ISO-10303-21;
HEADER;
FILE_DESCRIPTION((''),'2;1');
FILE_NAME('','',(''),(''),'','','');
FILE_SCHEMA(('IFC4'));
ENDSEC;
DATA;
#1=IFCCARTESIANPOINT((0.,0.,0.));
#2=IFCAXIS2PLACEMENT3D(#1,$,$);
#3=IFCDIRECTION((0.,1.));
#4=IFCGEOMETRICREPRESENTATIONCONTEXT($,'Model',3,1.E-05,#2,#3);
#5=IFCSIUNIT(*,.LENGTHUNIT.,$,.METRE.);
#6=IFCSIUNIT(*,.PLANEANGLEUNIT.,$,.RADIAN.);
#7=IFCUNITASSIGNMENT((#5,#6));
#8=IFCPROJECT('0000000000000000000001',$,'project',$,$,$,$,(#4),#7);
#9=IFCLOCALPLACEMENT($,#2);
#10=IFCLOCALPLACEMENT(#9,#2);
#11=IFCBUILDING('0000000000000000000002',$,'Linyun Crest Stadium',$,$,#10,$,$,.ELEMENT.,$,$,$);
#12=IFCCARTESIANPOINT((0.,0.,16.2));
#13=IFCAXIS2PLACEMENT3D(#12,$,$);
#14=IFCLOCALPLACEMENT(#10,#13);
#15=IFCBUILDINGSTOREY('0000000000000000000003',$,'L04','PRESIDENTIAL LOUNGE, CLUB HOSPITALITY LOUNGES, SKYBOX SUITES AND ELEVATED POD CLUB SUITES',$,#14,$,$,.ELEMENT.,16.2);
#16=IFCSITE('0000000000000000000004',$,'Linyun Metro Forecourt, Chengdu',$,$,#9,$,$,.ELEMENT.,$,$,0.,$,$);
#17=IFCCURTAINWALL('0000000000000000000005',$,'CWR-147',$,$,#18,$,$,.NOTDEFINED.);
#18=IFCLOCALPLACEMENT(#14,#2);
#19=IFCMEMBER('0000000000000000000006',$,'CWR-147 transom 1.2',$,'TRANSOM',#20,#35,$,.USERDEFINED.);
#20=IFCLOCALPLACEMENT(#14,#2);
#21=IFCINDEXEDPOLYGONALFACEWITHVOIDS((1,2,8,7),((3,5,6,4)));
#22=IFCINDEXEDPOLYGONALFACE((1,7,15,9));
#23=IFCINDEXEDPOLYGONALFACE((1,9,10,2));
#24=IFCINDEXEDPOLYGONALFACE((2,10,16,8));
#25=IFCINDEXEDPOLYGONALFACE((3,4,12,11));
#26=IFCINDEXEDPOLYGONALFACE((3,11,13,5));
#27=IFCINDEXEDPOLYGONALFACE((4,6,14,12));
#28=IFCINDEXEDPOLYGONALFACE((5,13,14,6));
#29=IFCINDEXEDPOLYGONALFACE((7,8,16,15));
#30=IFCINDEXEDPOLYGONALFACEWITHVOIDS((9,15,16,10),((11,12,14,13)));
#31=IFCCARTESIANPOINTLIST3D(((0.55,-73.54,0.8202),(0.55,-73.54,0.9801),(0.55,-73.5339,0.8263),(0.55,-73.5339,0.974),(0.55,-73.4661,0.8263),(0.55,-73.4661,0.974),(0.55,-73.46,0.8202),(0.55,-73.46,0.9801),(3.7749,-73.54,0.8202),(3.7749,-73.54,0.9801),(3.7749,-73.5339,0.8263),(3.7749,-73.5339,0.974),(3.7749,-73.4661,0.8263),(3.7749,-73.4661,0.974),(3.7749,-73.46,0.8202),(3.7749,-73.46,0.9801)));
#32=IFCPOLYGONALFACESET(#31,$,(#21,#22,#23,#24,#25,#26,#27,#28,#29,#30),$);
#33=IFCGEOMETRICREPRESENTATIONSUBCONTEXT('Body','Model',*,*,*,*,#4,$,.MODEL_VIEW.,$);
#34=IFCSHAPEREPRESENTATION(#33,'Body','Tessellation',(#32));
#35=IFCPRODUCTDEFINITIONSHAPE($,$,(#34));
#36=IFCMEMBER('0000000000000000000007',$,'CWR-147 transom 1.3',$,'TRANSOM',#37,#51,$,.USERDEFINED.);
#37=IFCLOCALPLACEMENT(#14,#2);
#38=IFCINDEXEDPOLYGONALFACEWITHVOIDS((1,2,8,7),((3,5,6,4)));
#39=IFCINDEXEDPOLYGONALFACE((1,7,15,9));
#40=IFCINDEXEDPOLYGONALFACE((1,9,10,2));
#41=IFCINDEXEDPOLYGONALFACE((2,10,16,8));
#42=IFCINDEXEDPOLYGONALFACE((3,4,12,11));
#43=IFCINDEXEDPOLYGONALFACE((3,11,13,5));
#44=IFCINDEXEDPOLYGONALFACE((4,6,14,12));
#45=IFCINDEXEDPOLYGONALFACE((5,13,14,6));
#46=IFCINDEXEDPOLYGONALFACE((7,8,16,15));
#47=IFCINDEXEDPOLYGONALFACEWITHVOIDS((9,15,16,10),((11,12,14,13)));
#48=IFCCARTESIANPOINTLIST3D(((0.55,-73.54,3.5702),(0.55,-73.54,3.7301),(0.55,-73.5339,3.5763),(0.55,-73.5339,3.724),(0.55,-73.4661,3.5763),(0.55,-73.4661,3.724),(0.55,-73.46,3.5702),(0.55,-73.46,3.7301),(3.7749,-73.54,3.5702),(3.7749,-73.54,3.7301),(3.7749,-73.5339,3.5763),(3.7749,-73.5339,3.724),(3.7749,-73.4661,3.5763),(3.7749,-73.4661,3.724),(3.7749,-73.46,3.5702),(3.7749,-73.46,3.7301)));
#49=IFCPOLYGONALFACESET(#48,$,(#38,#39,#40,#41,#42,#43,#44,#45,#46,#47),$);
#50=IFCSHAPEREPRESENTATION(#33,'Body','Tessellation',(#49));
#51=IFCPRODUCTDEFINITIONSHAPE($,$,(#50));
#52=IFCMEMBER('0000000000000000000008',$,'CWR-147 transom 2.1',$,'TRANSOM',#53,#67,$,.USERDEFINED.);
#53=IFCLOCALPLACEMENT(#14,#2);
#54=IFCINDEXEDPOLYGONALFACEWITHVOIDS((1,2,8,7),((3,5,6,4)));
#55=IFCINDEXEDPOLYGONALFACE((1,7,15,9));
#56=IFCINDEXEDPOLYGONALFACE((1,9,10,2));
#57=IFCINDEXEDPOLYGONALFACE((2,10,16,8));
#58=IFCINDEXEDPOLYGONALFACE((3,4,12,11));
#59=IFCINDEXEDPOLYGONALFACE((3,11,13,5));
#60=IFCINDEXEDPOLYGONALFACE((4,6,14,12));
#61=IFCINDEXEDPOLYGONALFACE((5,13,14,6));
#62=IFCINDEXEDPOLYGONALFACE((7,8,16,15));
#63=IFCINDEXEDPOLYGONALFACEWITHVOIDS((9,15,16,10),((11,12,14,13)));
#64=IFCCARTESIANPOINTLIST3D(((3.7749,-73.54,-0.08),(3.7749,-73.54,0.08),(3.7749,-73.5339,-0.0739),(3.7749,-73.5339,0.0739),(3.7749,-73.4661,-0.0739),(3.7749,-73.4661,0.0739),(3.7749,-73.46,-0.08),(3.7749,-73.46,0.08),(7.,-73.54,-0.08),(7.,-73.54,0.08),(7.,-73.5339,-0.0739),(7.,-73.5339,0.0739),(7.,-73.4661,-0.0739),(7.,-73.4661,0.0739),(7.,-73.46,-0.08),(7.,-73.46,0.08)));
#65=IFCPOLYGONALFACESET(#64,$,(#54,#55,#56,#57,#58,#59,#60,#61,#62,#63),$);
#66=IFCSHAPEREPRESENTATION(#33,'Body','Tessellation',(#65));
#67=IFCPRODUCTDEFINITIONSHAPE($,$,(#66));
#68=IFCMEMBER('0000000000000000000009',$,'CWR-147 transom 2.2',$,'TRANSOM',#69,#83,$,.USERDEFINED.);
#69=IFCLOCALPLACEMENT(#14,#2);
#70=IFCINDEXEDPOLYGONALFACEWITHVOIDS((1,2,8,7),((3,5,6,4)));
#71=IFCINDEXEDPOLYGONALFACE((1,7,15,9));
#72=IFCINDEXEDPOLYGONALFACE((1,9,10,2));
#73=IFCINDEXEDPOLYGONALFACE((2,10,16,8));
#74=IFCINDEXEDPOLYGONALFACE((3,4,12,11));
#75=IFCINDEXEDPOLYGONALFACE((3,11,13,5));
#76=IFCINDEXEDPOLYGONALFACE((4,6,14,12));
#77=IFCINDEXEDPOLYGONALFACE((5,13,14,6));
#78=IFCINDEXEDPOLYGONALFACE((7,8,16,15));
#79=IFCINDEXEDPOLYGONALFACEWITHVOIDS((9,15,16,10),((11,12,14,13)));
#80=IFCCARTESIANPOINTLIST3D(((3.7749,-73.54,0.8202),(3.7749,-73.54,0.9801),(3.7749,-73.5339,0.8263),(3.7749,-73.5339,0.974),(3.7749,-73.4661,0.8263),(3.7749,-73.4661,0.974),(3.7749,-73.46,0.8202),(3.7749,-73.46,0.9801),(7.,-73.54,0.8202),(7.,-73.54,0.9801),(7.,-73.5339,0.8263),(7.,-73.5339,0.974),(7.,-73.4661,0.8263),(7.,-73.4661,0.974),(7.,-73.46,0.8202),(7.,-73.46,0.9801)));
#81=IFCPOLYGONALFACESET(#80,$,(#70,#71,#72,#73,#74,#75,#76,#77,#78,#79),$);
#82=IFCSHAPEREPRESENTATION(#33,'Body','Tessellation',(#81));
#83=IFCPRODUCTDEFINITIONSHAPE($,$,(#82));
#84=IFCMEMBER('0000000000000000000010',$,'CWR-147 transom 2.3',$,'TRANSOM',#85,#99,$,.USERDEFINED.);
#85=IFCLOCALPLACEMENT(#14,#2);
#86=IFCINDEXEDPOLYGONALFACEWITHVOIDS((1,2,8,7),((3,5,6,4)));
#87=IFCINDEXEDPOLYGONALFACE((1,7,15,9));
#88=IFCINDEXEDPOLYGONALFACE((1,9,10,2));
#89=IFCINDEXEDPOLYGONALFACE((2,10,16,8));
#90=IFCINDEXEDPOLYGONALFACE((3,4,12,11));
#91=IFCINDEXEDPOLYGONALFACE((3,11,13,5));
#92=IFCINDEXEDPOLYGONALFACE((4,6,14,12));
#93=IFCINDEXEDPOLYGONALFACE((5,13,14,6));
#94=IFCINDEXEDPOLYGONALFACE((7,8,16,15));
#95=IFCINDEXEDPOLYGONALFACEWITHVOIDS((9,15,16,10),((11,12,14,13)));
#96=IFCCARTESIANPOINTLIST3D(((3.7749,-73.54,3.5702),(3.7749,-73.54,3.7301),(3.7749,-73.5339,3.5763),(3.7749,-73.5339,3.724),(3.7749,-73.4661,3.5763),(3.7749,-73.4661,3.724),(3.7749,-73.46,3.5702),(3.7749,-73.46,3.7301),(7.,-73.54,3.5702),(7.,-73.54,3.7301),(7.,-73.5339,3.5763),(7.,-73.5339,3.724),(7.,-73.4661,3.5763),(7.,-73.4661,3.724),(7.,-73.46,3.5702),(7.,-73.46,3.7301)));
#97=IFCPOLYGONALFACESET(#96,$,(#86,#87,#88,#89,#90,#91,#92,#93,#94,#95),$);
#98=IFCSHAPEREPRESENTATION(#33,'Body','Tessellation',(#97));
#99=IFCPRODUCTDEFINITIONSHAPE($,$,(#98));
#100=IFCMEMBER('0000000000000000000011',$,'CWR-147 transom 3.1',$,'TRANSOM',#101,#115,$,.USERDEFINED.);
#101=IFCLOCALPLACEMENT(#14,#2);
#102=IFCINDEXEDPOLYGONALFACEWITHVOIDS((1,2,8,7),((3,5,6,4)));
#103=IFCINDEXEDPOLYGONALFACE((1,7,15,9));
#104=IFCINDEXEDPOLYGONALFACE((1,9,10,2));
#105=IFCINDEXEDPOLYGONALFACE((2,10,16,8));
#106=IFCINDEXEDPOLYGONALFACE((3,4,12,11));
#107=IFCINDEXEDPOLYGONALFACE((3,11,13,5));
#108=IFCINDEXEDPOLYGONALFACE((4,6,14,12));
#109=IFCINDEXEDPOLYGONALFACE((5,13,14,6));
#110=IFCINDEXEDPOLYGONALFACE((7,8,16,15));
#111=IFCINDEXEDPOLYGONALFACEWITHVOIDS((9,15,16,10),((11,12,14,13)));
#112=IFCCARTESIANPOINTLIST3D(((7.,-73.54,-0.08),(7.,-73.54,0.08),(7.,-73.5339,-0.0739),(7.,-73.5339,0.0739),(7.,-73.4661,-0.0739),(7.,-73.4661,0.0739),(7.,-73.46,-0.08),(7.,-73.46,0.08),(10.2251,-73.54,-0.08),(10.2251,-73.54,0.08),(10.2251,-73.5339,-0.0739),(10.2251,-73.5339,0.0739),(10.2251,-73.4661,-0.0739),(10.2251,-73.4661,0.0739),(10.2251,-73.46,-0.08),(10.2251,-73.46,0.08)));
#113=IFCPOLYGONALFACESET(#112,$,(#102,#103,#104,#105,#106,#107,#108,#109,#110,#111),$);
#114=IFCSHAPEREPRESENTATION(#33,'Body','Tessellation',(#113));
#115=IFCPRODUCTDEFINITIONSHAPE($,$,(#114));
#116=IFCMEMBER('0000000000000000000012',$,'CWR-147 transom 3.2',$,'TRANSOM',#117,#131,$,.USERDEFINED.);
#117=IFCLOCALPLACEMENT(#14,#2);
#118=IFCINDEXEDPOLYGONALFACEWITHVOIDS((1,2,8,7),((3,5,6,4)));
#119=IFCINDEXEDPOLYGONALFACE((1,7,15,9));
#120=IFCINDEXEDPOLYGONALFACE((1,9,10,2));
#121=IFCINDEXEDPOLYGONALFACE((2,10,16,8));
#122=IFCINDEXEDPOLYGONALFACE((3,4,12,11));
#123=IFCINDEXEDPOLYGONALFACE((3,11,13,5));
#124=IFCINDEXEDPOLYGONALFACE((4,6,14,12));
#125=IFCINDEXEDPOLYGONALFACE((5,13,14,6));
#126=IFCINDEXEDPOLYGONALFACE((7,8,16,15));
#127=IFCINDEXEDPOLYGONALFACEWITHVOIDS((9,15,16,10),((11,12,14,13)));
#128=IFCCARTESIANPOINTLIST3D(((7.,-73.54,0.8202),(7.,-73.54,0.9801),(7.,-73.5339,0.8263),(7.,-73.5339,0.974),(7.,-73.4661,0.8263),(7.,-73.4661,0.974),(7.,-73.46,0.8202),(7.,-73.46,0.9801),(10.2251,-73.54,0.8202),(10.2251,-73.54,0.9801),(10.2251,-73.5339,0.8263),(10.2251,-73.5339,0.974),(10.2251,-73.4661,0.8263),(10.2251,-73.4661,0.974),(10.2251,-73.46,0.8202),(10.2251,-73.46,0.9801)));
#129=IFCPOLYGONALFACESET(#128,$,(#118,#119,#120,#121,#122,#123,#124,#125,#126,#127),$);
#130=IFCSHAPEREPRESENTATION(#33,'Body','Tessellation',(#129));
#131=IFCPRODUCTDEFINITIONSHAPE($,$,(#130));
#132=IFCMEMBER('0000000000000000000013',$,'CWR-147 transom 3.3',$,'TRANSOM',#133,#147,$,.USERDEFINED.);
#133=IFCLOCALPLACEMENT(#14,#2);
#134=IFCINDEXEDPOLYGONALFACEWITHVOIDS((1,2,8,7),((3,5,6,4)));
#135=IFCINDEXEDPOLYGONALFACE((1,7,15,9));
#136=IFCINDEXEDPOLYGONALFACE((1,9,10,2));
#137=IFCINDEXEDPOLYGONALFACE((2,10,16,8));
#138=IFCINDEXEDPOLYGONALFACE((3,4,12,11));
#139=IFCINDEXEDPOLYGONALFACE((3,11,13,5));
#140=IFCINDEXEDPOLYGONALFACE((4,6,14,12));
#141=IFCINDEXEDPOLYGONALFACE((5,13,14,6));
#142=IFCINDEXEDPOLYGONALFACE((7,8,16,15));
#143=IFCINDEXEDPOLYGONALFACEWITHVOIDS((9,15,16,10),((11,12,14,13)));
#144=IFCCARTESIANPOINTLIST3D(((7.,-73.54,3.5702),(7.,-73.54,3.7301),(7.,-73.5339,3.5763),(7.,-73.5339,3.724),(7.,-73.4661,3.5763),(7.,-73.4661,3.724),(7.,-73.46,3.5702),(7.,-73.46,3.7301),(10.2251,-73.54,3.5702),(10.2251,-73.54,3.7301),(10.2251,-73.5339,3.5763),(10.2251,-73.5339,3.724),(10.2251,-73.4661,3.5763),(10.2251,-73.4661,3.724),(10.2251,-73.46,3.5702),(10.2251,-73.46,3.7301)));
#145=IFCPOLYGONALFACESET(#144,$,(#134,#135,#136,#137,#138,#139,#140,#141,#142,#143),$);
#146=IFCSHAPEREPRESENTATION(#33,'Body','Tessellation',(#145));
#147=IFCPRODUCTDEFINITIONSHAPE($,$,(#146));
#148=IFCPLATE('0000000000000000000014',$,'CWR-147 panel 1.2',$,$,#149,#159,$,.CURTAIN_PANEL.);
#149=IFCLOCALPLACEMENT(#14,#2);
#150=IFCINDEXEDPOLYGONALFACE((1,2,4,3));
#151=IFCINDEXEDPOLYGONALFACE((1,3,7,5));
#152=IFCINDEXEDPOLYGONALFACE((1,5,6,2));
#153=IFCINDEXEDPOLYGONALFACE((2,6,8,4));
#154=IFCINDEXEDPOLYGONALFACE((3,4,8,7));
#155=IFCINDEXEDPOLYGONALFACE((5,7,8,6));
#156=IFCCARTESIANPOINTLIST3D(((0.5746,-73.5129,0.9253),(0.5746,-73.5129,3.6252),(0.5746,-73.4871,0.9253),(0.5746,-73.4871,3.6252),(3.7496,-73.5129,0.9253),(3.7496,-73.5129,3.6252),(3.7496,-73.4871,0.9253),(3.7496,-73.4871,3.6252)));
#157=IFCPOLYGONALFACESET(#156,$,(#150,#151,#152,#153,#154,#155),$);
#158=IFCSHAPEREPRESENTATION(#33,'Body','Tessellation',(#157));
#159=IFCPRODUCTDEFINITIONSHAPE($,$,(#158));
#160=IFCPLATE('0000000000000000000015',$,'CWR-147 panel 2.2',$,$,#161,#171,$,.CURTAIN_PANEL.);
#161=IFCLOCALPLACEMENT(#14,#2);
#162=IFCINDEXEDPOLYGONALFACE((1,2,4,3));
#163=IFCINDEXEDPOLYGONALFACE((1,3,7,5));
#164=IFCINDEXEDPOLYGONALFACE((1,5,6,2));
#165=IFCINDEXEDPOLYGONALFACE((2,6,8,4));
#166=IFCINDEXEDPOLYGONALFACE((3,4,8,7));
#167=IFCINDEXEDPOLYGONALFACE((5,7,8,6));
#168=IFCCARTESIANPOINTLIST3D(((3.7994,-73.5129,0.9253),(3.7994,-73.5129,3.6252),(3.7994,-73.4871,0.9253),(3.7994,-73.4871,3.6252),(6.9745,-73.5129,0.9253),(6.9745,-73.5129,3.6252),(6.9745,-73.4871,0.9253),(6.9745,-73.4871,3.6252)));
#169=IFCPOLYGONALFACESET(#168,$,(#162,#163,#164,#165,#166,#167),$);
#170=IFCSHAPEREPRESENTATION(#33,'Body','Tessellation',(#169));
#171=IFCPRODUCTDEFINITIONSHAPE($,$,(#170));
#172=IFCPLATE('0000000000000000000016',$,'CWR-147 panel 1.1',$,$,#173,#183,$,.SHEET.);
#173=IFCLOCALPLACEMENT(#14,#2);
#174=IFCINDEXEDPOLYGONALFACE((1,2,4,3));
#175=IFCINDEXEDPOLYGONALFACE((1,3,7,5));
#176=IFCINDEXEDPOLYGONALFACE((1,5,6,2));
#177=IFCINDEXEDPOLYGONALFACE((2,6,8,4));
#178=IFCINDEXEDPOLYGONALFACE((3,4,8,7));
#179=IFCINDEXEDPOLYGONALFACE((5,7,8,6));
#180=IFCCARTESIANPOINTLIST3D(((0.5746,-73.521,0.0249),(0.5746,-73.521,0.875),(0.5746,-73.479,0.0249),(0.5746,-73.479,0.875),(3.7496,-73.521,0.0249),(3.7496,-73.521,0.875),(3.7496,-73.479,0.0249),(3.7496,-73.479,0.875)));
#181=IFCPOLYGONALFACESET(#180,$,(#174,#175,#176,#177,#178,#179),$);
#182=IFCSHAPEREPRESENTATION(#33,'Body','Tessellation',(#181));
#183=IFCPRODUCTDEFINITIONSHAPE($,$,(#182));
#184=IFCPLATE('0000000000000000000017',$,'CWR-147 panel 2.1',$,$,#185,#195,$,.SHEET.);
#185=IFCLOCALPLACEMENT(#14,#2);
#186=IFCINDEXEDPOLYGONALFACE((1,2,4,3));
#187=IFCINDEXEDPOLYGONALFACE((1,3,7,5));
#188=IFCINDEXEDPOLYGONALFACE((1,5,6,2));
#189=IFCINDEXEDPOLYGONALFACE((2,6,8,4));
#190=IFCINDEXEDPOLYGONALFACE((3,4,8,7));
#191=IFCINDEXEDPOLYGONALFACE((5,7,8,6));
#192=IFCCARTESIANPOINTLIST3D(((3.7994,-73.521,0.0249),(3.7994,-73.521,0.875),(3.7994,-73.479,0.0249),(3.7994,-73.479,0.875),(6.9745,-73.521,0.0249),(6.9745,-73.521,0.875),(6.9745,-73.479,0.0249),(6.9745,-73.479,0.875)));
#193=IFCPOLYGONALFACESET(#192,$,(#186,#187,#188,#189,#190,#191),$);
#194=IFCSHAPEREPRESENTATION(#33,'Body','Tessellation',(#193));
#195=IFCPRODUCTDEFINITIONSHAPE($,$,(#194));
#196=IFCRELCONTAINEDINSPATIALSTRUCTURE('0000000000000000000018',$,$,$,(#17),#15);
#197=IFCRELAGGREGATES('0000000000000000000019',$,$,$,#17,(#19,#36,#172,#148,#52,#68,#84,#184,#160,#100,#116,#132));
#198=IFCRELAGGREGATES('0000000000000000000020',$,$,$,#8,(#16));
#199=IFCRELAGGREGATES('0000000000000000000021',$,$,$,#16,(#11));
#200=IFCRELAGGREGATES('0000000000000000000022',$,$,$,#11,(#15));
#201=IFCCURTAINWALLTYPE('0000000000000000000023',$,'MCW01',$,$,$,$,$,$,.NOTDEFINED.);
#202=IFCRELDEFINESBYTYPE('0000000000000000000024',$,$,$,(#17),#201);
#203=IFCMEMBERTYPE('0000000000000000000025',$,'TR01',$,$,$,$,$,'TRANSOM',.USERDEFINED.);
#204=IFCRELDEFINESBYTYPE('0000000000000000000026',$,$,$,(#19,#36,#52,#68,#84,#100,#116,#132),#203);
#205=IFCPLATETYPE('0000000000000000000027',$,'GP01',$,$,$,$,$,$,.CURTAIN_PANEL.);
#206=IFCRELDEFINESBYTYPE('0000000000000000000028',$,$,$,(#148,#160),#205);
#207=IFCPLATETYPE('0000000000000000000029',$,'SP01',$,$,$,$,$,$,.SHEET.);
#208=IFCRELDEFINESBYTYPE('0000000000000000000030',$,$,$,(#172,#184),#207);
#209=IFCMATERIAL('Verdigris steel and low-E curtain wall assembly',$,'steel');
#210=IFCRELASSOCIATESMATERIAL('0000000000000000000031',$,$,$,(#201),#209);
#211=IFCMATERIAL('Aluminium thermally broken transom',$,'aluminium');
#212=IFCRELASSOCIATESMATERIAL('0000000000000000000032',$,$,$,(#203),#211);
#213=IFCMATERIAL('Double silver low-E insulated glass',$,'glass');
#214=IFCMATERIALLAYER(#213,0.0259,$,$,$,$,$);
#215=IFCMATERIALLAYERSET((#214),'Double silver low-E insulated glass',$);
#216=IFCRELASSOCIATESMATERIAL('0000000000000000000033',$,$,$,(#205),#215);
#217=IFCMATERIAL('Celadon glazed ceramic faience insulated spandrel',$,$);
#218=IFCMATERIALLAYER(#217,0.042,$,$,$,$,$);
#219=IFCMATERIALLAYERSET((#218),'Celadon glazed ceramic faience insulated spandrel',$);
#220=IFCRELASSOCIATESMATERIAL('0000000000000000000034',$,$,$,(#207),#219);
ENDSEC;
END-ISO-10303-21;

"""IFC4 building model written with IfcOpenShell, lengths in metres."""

from ifc_helpers import new_model, si_unit, direction, frame, origin, origin_2d, place, context, subcontext, project, spatial, rectangle, hollow_rectangle, extrude, material, layer, layer_set, material_profile, profile_set, type_object, element, aggregate, save


model = new_model("IFC4")

# Units and contexts
model_context = context("Model", 3, precision=1e-05, world=origin(), true_north=direction((0.0, 1.0)))
body_context = subcontext(model_context, "Body", "Model", "MODEL_VIEW")
ifc_project = project(units=[si_unit("LENGTHUNIT", "METRE"), si_unit("PLANEANGLEUNIT", "RADIAN")], contexts=[model_context])

# Site, building, storey
site_placement = place(None, origin())
site = spatial("IfcSite", under=ifc_project, at=site_placement, Name="Linyun Metro Forecourt, Chengdu", CompositionType="ELEMENT", RefElevation=0.0)
building_placement = place(site_placement, origin())
building = spatial("IfcBuilding", under=site, at=building_placement, Name="Linyun Crest Stadium", CompositionType="ELEMENT")
storey_placement = place(building_placement, frame((0.0, 0.0, 16.2)))
storey = spatial("IfcBuildingStorey", under=building, at=storey_placement, Name="L04", Description="PRESIDENTIAL LOUNGE, CLUB HOSPITALITY LOUNGES, SKYBOX SUITES AND ELEVATED POD CLUB SUITES", CompositionType="ELEMENT", Elevation=16.2)

# Curtain wall
ifc_material_1 = material(Name="Verdigris steel and low-E curtain wall assembly", Category="steel")
curtain_wall_type = type_object("IfcCurtainWallType", Name="MCW01", PredefinedType="NOTDEFINED", material=ifc_material_1)
curtain_wall_placement = place(storey_placement, origin())
curtain_wall = element("IfcCurtainWall", 1, at=curtain_wall_placement, inside=storey, type_object=curtain_wall_type, Name="CWR-147", PredefinedType="NOTDEFINED")

# Members
ifc_material_2 = material(Name="Aluminium thermally broken transom", Category="aluminium")
ifc_material_profile_1 = material_profile(ifc_material_2, hollow_rectangle(XDim=0.0801, YDim=0.1599, WallThickness=0.0061, at=origin_2d()), Name="RHS 160x80x6")
ifc_profile_set_1 = profile_set([ifc_material_profile_1], Name="Aluminium thermally broken transom")
member_type_1 = type_object("IfcMemberType", Name="TR01", ElementType="TRANSOM", PredefinedType="USERDEFINED", material=ifc_profile_set_1)
member_1_placement = place(storey_placement, frame((0.55, -73.5, 0.9001), z_axis=(1.0, 0.0, 0.0), x_axis=(0.0, 1.0, 0.0)))
member_1 = element("IfcMember", 2, at=member_1_placement, type_object=member_type_1, Name="CWR-147 transom 1.2", ObjectType="TRANSOM", PredefinedType="USERDEFINED", context=body_context, shape_type="SweptSolid", body=[
    extrude(hollow_rectangle(XDim=0.0801, YDim=0.1599, WallThickness=0.0061, at=origin_2d()), origin(), (0.0, 0.0, 1.0), 3.2249),
])
member_2_placement = place(storey_placement, frame((0.55, -73.5, 3.6501), z_axis=(1.0, 0.0, 0.0), x_axis=(0.0, 1.0, 0.0)))
member_2 = element("IfcMember", 3, at=member_2_placement, type_object=member_type_1, Name="CWR-147 transom 1.3", ObjectType="TRANSOM", PredefinedType="USERDEFINED", context=body_context, shape_type="SweptSolid", body=[
    extrude(hollow_rectangle(XDim=0.0801, YDim=0.1599, WallThickness=0.0061, at=origin_2d()), origin(), (0.0, 0.0, 1.0), 3.2249),
])
member_3_placement = place(storey_placement, frame((3.7749, -73.5, 0.0), z_axis=(1.0, 0.0, 0.0), x_axis=(0.0, 1.0, 0.0)))
member_3 = element("IfcMember", 4, at=member_3_placement, type_object=member_type_1, Name="CWR-147 transom 2.1", ObjectType="TRANSOM", PredefinedType="USERDEFINED", context=body_context, shape_type="SweptSolid", body=[
    extrude(hollow_rectangle(XDim=0.0801, YDim=0.1599, WallThickness=0.0061, at=origin_2d()), origin(), (0.0, 0.0, 1.0), 3.2251),
])
member_4_placement = place(storey_placement, frame((3.7749, -73.5, 0.9001), z_axis=(1.0, 0.0, 0.0), x_axis=(0.0, 1.0, 0.0)))
member_4 = element("IfcMember", 5, at=member_4_placement, type_object=member_type_1, Name="CWR-147 transom 2.2", ObjectType="TRANSOM", PredefinedType="USERDEFINED", context=body_context, shape_type="SweptSolid", body=[
    extrude(hollow_rectangle(XDim=0.0801, YDim=0.1599, WallThickness=0.0061, at=origin_2d()), origin(), (0.0, 0.0, 1.0), 3.2251),
])
member_5_placement = place(storey_placement, frame((3.7749, -73.5, 3.6501), z_axis=(1.0, 0.0, 0.0), x_axis=(0.0, 1.0, 0.0)))
member_5 = element("IfcMember", 6, at=member_5_placement, type_object=member_type_1, Name="CWR-147 transom 2.3", ObjectType="TRANSOM", PredefinedType="USERDEFINED", context=body_context, shape_type="SweptSolid", body=[
    extrude(hollow_rectangle(XDim=0.0801, YDim=0.1599, WallThickness=0.0061, at=origin_2d()), origin(), (0.0, 0.0, 1.0), 3.2251),
])
member_6_placement = place(storey_placement, frame((7.0, -73.5, 0.0), z_axis=(1.0, 0.0, 0.0), x_axis=(0.0, 1.0, 0.0)))
member_6 = element("IfcMember", 7, at=member_6_placement, type_object=member_type_1, Name="CWR-147 transom 3.1", ObjectType="TRANSOM", PredefinedType="USERDEFINED", context=body_context, shape_type="SweptSolid", body=[
    extrude(hollow_rectangle(XDim=0.0801, YDim=0.1599, WallThickness=0.0061, at=origin_2d()), origin(), (0.0, 0.0, 1.0), 3.2251),
])
member_7_placement = place(storey_placement, frame((7.0, -73.5, 0.9001), z_axis=(1.0, 0.0, 0.0), x_axis=(0.0, 1.0, 0.0)))
member_7 = element("IfcMember", 8, at=member_7_placement, type_object=member_type_1, Name="CWR-147 transom 3.2", ObjectType="TRANSOM", PredefinedType="USERDEFINED", context=body_context, shape_type="SweptSolid", body=[
    extrude(hollow_rectangle(XDim=0.0801, YDim=0.1599, WallThickness=0.0061, at=origin_2d()), origin(), (0.0, 0.0, 1.0), 3.2251),
])
member_8_placement = place(storey_placement, frame((7.0, -73.5, 3.6501), z_axis=(1.0, 0.0, 0.0), x_axis=(0.0, 1.0, 0.0)))
member_8 = element("IfcMember", 9, at=member_8_placement, type_object=member_type_1, Name="CWR-147 transom 3.3", ObjectType="TRANSOM", PredefinedType="USERDEFINED", context=body_context, shape_type="SweptSolid", body=[
    extrude(hollow_rectangle(XDim=0.0801, YDim=0.1599, WallThickness=0.0061, at=origin_2d()), origin(), (0.0, 0.0, 1.0), 3.2251),
])

# Plates
ifc_material_3 = material(Name="Double silver low-E insulated glass", Category="glass")
ifc_layer_1 = layer(ifc_material_3, 0.0259)
ifc_layer_set_1 = layer_set([ifc_layer_1], Name="Double silver low-E insulated glass")
plate_type_1 = type_object("IfcPlateType", Name="GP01", PredefinedType="CURTAIN_PANEL", material=ifc_layer_set_1)
plate_1_placement = place(storey_placement, frame((2.1621, -73.5, 0.9253), z_axis=(0.0, 0.0, 1.0), x_axis=(1.0, 0.0, 0.0)))
plate_1 = element("IfcPlate", 10, at=plate_1_placement, type_object=plate_type_1, Name="CWR-147 panel 1.2", PredefinedType="CURTAIN_PANEL", context=body_context, shape_type="SweptSolid", body=[
    extrude(rectangle(XDim=3.175, YDim=0.0259, at=origin_2d()), origin(), (0.0, 0.0, 1.0), 2.7),
])
plate_2_placement = place(storey_placement, frame((5.387, -73.5, 0.9253), z_axis=(0.0, 0.0, 1.0), x_axis=(1.0, 0.0, 0.0)))
plate_2 = element("IfcPlate", 11, at=plate_2_placement, type_object=plate_type_1, Name="CWR-147 panel 2.2", PredefinedType="CURTAIN_PANEL", context=body_context, shape_type="SweptSolid", body=[
    extrude(rectangle(XDim=3.175, YDim=0.0259, at=origin_2d()), origin(), (0.0, 0.0, 1.0), 2.7),
])
ifc_material_4 = material(Name="Celadon glazed ceramic faience insulated spandrel")
ifc_layer_2 = layer(ifc_material_4, 0.042)
ifc_layer_set_2 = layer_set([ifc_layer_2], Name="Celadon glazed ceramic faience insulated spandrel")
plate_type_2 = type_object("IfcPlateType", Name="SP01", PredefinedType="SHEET", material=ifc_layer_set_2)
plate_3_placement = place(storey_placement, frame((2.1621, -73.5, 0.0249), z_axis=(0.0, 0.0, 1.0), x_axis=(1.0, 0.0, 0.0)))
plate_3 = element("IfcPlate", 12, at=plate_3_placement, type_object=plate_type_2, Name="CWR-147 panel 1.1", PredefinedType="SHEET", context=body_context, shape_type="SweptSolid", body=[
    extrude(rectangle(XDim=3.175, YDim=0.042, at=origin_2d()), origin(), (0.0, 0.0, 1.0), 0.8501),
])
plate_4_placement = place(storey_placement, frame((5.387, -73.5, 0.0249), z_axis=(0.0, 0.0, 1.0), x_axis=(1.0, 0.0, 0.0)))
plate_4 = element("IfcPlate", 13, at=plate_4_placement, type_object=plate_type_2, Name="CWR-147 panel 2.1", PredefinedType="SHEET", context=body_context, shape_type="SweptSolid", body=[
    extrude(rectangle(XDim=3.175, YDim=0.042, at=origin_2d()), origin(), (0.0, 0.0, 1.0), 0.8501),
])
aggregate(curtain_wall, [member_1, member_2, plate_3, plate_1, member_3, member_4, member_5, plate_4, plate_2, member_6, member_7, member_8])

save(model, "model.ifc")
